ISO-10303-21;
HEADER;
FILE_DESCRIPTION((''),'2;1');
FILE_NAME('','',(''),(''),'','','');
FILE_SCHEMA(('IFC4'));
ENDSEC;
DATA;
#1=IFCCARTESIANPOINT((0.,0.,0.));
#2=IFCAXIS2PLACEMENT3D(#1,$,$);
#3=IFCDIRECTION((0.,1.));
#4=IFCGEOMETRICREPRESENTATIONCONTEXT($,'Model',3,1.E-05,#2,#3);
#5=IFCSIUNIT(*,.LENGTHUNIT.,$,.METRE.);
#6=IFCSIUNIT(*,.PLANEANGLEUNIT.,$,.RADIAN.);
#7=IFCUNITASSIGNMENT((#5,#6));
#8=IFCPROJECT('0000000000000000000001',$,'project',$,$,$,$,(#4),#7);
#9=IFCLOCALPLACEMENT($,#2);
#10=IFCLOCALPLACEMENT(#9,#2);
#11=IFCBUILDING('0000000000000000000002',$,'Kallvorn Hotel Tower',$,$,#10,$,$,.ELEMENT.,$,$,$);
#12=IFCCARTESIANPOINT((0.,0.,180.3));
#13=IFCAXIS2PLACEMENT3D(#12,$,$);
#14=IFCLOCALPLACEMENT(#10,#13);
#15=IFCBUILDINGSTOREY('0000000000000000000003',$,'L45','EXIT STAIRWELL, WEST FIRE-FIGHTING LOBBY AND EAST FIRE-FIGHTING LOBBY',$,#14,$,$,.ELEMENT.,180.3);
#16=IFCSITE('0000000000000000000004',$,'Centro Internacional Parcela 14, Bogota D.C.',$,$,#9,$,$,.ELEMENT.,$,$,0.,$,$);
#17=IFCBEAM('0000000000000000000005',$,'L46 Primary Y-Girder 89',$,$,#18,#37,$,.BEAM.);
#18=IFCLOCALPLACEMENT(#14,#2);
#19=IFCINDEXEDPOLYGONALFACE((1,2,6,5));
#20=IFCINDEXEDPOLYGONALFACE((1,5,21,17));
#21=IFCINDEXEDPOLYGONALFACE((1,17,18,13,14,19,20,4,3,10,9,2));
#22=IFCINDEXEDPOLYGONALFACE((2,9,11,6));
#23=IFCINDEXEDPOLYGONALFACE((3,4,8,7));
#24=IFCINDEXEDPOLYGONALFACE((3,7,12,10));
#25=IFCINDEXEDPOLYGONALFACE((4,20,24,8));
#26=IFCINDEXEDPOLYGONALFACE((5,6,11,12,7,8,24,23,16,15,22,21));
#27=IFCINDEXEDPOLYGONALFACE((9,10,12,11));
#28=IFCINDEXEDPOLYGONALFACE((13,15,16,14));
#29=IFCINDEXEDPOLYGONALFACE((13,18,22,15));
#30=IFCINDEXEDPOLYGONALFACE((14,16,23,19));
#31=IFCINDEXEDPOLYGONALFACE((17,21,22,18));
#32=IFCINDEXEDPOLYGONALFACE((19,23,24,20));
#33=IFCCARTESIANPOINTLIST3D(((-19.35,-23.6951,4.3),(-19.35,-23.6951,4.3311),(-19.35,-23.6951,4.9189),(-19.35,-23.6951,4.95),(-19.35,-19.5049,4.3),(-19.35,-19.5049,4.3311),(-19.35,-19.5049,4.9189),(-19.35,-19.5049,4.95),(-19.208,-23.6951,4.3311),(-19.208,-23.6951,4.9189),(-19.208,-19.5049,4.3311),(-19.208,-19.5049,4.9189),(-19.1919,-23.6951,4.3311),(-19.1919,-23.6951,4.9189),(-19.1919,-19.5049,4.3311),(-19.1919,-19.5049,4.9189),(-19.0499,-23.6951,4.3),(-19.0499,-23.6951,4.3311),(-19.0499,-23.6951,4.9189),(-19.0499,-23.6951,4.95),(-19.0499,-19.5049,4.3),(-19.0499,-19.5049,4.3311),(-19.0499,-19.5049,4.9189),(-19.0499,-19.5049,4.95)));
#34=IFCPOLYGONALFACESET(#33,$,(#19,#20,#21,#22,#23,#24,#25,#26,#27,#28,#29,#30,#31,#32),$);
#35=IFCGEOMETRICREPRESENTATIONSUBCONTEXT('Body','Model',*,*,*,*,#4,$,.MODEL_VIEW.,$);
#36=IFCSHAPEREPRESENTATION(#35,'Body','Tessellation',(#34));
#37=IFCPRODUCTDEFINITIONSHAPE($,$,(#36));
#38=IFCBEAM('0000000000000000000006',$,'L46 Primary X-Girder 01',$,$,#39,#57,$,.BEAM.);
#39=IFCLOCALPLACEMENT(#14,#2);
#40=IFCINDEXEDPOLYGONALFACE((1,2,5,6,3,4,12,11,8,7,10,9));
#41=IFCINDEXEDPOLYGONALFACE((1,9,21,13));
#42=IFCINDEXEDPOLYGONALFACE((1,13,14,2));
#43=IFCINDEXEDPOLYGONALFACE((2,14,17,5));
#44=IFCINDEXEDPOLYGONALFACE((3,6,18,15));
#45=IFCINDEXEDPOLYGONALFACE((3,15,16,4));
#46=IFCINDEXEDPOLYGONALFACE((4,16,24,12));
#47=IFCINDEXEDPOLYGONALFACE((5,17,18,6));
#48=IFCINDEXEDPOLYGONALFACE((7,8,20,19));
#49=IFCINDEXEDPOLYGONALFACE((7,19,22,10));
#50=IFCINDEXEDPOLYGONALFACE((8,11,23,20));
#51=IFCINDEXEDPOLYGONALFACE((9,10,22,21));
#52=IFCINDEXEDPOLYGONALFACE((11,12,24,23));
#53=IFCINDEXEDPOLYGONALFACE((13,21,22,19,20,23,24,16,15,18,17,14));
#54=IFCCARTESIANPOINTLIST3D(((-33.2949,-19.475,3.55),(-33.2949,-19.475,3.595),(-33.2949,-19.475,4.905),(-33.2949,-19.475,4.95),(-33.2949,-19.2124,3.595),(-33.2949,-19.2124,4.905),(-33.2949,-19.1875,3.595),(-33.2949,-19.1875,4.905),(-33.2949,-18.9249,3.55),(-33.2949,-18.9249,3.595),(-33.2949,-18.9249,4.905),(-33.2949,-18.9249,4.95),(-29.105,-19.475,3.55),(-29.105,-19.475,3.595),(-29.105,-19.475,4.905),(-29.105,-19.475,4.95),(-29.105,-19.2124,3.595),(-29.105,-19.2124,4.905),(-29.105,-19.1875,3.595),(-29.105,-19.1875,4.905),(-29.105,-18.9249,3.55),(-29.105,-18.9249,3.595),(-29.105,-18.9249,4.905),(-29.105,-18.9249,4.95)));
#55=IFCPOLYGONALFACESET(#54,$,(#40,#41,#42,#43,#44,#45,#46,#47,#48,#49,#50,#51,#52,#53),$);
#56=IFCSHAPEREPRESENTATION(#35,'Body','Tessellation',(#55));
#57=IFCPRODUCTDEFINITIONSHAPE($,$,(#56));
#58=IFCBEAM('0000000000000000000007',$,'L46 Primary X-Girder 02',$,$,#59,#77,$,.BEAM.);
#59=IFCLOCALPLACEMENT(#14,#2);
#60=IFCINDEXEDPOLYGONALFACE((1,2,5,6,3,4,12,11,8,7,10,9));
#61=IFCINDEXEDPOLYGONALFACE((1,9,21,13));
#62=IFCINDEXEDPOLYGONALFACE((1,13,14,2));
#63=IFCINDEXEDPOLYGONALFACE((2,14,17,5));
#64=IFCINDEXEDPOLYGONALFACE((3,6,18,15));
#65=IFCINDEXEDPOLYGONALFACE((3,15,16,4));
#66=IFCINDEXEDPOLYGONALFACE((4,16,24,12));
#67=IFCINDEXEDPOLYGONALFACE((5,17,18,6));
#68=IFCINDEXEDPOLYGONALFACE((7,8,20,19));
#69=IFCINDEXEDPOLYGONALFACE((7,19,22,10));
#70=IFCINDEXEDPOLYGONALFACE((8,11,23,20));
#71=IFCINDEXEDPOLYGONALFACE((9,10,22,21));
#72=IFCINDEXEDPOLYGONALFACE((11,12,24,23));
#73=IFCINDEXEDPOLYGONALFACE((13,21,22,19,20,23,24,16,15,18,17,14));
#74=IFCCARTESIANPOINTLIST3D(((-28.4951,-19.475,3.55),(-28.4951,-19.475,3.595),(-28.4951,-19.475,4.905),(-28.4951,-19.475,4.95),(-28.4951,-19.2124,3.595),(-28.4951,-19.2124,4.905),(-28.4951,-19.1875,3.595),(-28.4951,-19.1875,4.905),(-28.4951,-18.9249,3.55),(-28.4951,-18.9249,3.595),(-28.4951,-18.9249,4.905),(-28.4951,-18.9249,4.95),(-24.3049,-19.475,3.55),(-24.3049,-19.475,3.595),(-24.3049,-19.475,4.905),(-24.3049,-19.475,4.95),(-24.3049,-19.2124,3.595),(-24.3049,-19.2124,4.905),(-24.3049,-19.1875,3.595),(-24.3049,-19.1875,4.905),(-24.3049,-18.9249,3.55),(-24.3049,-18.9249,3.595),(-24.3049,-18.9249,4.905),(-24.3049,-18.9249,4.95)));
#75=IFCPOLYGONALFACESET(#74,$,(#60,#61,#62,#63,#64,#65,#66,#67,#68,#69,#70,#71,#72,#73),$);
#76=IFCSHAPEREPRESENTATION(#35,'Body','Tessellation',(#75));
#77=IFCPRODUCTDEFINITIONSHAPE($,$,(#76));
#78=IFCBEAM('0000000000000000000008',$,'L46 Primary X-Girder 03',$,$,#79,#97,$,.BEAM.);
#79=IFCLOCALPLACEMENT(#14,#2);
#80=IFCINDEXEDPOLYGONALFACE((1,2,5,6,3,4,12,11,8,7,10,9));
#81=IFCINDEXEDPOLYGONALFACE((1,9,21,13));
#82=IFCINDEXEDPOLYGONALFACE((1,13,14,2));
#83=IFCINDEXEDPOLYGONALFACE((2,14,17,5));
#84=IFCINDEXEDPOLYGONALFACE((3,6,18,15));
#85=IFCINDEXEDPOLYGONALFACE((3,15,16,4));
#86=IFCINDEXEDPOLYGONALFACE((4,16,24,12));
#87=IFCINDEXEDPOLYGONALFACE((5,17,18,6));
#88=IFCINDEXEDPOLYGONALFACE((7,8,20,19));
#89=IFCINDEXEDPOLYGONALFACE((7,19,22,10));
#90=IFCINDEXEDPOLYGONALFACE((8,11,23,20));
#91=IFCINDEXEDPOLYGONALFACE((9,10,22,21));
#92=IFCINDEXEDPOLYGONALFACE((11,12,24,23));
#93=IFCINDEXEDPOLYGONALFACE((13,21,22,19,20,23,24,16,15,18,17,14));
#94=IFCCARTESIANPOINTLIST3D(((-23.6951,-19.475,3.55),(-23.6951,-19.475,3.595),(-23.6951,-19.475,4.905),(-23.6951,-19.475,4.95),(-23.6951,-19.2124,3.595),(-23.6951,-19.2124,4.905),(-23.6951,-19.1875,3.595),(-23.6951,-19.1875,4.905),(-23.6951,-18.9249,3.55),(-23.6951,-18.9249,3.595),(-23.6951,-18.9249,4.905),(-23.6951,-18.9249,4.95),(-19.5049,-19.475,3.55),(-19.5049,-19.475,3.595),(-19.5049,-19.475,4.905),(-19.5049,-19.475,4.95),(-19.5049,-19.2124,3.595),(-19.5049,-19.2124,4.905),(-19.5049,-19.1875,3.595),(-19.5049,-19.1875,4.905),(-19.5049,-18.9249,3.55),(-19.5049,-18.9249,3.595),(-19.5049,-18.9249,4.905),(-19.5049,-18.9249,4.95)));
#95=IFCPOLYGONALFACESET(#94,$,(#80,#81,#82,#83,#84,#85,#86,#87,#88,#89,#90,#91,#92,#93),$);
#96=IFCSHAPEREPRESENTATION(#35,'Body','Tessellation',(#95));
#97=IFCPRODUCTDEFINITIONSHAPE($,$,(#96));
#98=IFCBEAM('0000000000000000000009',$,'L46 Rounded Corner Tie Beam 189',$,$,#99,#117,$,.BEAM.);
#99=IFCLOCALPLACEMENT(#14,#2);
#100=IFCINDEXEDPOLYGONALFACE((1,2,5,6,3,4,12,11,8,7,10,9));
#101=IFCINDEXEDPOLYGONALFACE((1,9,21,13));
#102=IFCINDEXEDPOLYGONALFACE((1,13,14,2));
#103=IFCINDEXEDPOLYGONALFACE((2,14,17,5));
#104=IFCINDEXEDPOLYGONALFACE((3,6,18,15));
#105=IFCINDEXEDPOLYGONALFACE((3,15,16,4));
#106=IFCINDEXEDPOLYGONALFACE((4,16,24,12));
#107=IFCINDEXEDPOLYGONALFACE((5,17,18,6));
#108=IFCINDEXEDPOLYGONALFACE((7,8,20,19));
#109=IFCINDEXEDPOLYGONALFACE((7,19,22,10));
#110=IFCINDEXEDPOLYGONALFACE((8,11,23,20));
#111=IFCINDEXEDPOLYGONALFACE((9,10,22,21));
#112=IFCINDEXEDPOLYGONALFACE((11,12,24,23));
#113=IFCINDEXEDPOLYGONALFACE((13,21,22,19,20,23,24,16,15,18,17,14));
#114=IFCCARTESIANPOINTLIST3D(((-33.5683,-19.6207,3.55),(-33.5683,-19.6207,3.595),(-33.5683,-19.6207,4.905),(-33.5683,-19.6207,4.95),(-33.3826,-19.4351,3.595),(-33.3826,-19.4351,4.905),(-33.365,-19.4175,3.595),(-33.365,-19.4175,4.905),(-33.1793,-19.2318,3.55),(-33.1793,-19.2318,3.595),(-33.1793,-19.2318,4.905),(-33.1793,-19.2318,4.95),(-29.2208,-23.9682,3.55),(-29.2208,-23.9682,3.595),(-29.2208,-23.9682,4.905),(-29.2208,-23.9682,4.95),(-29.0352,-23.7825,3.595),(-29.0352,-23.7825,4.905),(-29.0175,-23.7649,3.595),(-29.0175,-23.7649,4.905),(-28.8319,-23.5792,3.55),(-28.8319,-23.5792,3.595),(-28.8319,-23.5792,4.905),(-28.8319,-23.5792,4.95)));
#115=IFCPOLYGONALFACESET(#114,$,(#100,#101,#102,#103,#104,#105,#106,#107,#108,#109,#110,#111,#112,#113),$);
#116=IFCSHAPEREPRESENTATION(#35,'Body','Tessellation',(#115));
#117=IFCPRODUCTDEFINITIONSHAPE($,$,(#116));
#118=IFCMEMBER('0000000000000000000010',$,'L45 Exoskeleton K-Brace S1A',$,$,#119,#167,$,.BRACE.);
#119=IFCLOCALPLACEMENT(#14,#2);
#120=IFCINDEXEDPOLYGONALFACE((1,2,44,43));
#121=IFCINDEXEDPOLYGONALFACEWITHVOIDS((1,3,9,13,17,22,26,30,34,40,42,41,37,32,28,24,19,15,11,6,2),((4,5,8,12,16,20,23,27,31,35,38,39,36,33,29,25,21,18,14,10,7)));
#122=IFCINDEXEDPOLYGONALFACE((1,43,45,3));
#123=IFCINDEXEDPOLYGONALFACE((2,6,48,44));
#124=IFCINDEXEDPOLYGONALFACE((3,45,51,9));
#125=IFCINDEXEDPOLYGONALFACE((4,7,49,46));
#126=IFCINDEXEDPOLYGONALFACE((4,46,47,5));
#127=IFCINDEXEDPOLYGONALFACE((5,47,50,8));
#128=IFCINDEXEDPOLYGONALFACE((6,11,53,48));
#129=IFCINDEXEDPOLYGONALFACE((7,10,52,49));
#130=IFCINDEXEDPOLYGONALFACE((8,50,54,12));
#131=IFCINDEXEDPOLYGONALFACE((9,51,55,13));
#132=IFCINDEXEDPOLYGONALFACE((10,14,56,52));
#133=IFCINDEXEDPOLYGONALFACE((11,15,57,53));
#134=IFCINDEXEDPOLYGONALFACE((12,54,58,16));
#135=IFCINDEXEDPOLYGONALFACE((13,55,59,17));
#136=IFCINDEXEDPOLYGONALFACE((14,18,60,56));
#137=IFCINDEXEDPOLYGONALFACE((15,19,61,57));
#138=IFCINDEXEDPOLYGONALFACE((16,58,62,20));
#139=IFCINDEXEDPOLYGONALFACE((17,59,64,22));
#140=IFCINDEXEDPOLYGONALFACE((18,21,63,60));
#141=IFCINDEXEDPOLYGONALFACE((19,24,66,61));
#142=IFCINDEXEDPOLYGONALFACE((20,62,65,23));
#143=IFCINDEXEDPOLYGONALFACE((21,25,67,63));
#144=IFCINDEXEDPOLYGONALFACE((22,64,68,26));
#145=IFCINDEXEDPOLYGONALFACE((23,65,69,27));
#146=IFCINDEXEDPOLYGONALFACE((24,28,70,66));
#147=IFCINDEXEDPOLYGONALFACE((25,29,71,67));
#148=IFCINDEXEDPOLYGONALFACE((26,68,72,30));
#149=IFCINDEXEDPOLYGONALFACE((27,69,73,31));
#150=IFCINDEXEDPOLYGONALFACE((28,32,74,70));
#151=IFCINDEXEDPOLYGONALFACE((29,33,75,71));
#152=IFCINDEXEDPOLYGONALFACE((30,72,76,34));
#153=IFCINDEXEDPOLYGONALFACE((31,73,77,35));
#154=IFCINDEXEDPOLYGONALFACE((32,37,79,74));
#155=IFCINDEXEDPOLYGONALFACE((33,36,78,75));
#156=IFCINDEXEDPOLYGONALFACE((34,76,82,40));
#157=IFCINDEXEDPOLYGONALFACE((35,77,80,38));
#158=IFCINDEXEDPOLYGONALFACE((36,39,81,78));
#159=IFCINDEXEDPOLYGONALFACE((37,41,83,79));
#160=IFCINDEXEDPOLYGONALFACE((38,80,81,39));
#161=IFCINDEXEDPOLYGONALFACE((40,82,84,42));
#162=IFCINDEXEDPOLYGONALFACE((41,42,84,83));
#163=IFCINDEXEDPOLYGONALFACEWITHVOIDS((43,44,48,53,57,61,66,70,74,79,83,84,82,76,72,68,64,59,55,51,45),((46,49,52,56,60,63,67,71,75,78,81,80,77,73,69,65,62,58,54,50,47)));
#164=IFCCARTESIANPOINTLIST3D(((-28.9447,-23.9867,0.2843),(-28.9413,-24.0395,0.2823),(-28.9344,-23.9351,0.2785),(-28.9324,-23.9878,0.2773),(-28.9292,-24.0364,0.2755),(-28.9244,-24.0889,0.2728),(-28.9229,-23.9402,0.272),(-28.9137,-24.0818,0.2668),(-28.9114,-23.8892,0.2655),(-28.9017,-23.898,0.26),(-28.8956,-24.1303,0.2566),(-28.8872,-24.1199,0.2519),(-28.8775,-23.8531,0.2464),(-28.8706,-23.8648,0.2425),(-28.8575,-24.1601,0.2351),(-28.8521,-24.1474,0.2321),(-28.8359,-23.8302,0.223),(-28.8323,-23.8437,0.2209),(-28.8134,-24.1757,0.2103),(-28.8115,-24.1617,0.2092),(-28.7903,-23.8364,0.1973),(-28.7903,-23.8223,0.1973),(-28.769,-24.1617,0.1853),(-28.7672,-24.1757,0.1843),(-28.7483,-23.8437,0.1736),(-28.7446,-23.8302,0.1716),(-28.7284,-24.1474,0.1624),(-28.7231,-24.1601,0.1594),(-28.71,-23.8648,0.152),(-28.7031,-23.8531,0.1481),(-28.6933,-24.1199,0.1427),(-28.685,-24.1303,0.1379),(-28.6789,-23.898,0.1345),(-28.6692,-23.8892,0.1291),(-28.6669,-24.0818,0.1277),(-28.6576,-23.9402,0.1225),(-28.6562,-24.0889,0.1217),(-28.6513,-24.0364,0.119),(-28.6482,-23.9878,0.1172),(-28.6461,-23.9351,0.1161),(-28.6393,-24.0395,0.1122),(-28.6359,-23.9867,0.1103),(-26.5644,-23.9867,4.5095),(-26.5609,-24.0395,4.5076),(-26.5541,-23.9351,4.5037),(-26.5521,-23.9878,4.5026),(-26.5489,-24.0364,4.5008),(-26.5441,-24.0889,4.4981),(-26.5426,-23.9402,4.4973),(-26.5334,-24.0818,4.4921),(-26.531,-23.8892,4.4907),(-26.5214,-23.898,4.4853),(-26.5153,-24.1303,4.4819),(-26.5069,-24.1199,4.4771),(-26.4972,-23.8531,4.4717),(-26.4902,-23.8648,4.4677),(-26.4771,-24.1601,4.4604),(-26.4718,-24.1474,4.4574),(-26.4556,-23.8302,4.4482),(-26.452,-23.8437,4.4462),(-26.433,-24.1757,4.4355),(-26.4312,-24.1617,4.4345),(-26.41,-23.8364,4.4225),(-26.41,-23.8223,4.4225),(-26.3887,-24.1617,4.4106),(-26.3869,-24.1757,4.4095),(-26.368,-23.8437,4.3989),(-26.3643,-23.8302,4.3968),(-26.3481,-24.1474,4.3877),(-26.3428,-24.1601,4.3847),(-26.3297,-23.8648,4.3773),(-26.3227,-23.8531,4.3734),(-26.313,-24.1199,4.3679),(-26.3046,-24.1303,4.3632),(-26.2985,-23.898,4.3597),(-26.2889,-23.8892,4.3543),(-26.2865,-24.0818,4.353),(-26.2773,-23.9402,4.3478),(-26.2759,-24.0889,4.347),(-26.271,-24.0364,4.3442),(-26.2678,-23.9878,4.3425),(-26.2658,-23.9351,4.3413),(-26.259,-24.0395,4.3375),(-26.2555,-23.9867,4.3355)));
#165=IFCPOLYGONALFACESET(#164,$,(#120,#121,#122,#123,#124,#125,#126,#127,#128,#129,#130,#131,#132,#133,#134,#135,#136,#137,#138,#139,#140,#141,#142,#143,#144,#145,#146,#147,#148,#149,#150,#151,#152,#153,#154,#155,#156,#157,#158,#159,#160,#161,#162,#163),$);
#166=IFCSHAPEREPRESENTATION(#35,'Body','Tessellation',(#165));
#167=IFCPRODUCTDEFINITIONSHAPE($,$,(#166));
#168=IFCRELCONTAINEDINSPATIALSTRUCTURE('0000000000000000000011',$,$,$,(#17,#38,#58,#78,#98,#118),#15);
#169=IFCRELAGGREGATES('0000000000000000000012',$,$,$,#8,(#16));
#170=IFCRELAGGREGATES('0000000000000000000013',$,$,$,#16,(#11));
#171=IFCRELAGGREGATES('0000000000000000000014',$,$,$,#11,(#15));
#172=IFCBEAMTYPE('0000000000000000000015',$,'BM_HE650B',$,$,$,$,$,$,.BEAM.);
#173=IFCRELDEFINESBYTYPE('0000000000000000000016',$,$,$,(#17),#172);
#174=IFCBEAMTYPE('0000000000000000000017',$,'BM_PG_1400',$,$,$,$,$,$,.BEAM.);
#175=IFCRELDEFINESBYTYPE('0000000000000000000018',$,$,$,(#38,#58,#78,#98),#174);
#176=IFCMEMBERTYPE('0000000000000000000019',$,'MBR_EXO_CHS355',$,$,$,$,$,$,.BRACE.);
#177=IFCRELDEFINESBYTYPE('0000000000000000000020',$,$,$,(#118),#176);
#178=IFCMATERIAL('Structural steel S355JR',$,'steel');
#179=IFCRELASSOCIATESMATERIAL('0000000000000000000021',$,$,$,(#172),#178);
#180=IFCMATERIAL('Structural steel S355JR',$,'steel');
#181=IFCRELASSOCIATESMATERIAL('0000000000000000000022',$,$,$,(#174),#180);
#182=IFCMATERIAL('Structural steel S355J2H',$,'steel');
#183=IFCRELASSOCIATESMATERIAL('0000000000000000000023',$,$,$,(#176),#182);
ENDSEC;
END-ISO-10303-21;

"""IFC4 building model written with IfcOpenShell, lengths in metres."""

from ifc_helpers import new_model, si_unit, direction, frame, origin, origin_2d, place, context, subcontext, project, spatial, hollow_circle, i_section, extrude, material, material_profile, profile_set, type_object, element, save


model = new_model("IFC4")

# Units and contexts
model_context = context("Model", 3, precision=1e-05, world=origin(), true_north=direction((0.0, 1.0)))
body_context = subcontext(model_context, "Body", "Model", "MODEL_VIEW")
ifc_project = project(units=[si_unit("LENGTHUNIT", "METRE"), si_unit("PLANEANGLEUNIT", "RADIAN")], contexts=[model_context])

# Site, building, storey
site_placement = place(None, origin())
site = spatial("IfcSite", under=ifc_project, at=site_placement, Name="Centro Internacional Parcela 14, Bogota D.C.", CompositionType="ELEMENT", RefElevation=0.0)
building_placement = place(site_placement, origin())
building = spatial("IfcBuilding", under=site, at=building_placement, Name="Kallvorn Hotel Tower", CompositionType="ELEMENT")
storey_placement = place(building_placement, frame((0.0, 0.0, 180.3)))
storey = spatial("IfcBuildingStorey", under=building, at=storey_placement, Name="L45", Description="EXIT STAIRWELL, WEST FIRE-FIGHTING LOBBY AND EAST FIRE-FIGHTING LOBBY", CompositionType="ELEMENT", Elevation=180.3)

# Beams
ifc_material_1 = material(Name="Structural steel S355JR", Category="steel")
ifc_material_profile_1 = material_profile(ifc_material_1, i_section(OverallWidth=0.3, OverallDepth=0.6499, WebThickness=0.0161, FlangeThickness=0.031, at=origin_2d()), Name="HE 650 B")
ifc_profile_set_1 = profile_set([ifc_material_profile_1], Name="Structural steel S355JR")
beam_type_1 = type_object("IfcBeamType", Name="BM_HE650B", PredefinedType="BEAM", material=ifc_profile_set_1)
for number, where, z_axis, x_axis, name in (
    (1, (-19.2, -23.6951, 4.625), (0.0, 1.0, 0.0), (-1.0, 0.0, 0.0), "L46 Primary Y-Girder 89"),
):
    element("IfcBeam", number, at=place(storey_placement, frame(where, z_axis=z_axis, x_axis=x_axis)), inside=storey, type_object=beam_type_1, Name=name, PredefinedType="BEAM", context=body_context, shape_type="SweptSolid", body=[
        extrude(i_section(OverallWidth=0.3, OverallDepth=0.6499, WebThickness=0.0161, FlangeThickness=0.031, at=origin_2d()), origin(), (0.0, 0.0, 1.0), 4.1902),
    ])
ifc_material_2 = material(Name="Structural steel S355JR", Category="steel")
ifc_material_profile_2 = material_profile(ifc_material_2, i_section(OverallWidth=0.55, OverallDepth=1.3999, WebThickness=0.0249, FlangeThickness=0.0449, at=origin_2d()), Name="PG 1400x550x25x45")
ifc_profile_set_2 = profile_set([ifc_material_profile_2], Name="Structural steel S355JR")
beam_type_2 = type_object("IfcBeamType", Name="BM_PG_1400", PredefinedType="BEAM", material=ifc_profile_set_2)
beam_1_placement = place(storey_placement, frame((-33.2949, -19.2, 4.25), z_axis=(1.0, 0.0, 0.0), x_axis=(0.0, 1.0, 0.0)))
element("IfcBeam", 2, at=beam_1_placement, inside=storey, type_object=beam_type_2, Name="L46 Primary X-Girder 01", PredefinedType="BEAM", context=body_context, shape_type="SweptSolid", body=[
    extrude(i_section(OverallWidth=0.55, OverallDepth=1.3999, WebThickness=0.0249, FlangeThickness=0.0449, at=origin_2d()), origin(), (0.0, 0.0, 1.0), 4.1899),
])
for number, where, z_axis, x_axis, name in (
    (3, (-28.4951, -19.2, 4.25), (1.0, 0.0, 0.0), (0.0, 1.0, 0.0), "L46 Primary X-Girder 02"),
    (4, (-23.6951, -19.2, 4.25), (1.0, 0.0, 0.0), (0.0, 1.0, 0.0), "L46 Primary X-Girder 03"),
):
    element("IfcBeam", number, at=place(storey_placement, frame(where, z_axis=z_axis, x_axis=x_axis)), inside=storey, type_object=beam_type_2, Name=name, PredefinedType="BEAM", context=body_context, shape_type="SweptSolid", body=[
        extrude(i_section(OverallWidth=0.55, OverallDepth=1.3999, WebThickness=0.0249, FlangeThickness=0.0449, at=origin_2d()), origin(), (0.0, 0.0, 1.0), 4.1902),
    ])
beam_2_placement = place(storey_placement, frame((-33.3738, -19.4263, 4.25), z_axis=(0.707107, -0.707107, 0.0), x_axis=(0.707107, 0.707107, 0.0)))
element("IfcBeam", 5, at=beam_2_placement, inside=storey, type_object=beam_type_2, Name="L46 Rounded Corner Tie Beam 189", PredefinedType="BEAM", context=body_context, shape_type="SweptSolid", body=[
    extrude(i_section(OverallWidth=0.55, OverallDepth=1.3999, WebThickness=0.0249, FlangeThickness=0.0449, at=origin_2d()), origin(), (0.0, 0.0, 1.0), 6.1482),
])

# Member
ifc_material_3 = material(Name="Structural steel S355J2H", Category="steel")
ifc_material_profile_3 = material_profile(ifc_material_3, hollow_circle(Radius=0.1777, WallThickness=0.0142, at=origin_2d()), Name="CHS 355.6x14.2")
ifc_profile_set_3 = profile_set([ifc_material_profile_3], Name="Structural steel S355J2H")
member_type = type_object("IfcMemberType", Name="MBR_EXO_CHS355", PredefinedType="BRACE", material=ifc_profile_set_3)
for number, where, z_axis, x_axis, name in (
    (6, (-28.7903, -24.0, 0.1973), (0.490828, 0.0, 0.871257), (0.0, 1.0, 0.0), "L45 Exoskeleton K-Brace S1A"),
):
    element("IfcMember", number, at=place(storey_placement, frame(where, z_axis=z_axis, x_axis=x_axis)), inside=storey, type_object=member_type, Name=name, PredefinedType="BRACE", context=body_context, shape_type="SweptSolid", body=[
        extrude(hollow_circle(Radius=0.1777, WallThickness=0.0142, at=origin_2d()), origin(), (0.0, 0.0, 1.0), 4.8496),
    ])

save(model, "model.ifc")
